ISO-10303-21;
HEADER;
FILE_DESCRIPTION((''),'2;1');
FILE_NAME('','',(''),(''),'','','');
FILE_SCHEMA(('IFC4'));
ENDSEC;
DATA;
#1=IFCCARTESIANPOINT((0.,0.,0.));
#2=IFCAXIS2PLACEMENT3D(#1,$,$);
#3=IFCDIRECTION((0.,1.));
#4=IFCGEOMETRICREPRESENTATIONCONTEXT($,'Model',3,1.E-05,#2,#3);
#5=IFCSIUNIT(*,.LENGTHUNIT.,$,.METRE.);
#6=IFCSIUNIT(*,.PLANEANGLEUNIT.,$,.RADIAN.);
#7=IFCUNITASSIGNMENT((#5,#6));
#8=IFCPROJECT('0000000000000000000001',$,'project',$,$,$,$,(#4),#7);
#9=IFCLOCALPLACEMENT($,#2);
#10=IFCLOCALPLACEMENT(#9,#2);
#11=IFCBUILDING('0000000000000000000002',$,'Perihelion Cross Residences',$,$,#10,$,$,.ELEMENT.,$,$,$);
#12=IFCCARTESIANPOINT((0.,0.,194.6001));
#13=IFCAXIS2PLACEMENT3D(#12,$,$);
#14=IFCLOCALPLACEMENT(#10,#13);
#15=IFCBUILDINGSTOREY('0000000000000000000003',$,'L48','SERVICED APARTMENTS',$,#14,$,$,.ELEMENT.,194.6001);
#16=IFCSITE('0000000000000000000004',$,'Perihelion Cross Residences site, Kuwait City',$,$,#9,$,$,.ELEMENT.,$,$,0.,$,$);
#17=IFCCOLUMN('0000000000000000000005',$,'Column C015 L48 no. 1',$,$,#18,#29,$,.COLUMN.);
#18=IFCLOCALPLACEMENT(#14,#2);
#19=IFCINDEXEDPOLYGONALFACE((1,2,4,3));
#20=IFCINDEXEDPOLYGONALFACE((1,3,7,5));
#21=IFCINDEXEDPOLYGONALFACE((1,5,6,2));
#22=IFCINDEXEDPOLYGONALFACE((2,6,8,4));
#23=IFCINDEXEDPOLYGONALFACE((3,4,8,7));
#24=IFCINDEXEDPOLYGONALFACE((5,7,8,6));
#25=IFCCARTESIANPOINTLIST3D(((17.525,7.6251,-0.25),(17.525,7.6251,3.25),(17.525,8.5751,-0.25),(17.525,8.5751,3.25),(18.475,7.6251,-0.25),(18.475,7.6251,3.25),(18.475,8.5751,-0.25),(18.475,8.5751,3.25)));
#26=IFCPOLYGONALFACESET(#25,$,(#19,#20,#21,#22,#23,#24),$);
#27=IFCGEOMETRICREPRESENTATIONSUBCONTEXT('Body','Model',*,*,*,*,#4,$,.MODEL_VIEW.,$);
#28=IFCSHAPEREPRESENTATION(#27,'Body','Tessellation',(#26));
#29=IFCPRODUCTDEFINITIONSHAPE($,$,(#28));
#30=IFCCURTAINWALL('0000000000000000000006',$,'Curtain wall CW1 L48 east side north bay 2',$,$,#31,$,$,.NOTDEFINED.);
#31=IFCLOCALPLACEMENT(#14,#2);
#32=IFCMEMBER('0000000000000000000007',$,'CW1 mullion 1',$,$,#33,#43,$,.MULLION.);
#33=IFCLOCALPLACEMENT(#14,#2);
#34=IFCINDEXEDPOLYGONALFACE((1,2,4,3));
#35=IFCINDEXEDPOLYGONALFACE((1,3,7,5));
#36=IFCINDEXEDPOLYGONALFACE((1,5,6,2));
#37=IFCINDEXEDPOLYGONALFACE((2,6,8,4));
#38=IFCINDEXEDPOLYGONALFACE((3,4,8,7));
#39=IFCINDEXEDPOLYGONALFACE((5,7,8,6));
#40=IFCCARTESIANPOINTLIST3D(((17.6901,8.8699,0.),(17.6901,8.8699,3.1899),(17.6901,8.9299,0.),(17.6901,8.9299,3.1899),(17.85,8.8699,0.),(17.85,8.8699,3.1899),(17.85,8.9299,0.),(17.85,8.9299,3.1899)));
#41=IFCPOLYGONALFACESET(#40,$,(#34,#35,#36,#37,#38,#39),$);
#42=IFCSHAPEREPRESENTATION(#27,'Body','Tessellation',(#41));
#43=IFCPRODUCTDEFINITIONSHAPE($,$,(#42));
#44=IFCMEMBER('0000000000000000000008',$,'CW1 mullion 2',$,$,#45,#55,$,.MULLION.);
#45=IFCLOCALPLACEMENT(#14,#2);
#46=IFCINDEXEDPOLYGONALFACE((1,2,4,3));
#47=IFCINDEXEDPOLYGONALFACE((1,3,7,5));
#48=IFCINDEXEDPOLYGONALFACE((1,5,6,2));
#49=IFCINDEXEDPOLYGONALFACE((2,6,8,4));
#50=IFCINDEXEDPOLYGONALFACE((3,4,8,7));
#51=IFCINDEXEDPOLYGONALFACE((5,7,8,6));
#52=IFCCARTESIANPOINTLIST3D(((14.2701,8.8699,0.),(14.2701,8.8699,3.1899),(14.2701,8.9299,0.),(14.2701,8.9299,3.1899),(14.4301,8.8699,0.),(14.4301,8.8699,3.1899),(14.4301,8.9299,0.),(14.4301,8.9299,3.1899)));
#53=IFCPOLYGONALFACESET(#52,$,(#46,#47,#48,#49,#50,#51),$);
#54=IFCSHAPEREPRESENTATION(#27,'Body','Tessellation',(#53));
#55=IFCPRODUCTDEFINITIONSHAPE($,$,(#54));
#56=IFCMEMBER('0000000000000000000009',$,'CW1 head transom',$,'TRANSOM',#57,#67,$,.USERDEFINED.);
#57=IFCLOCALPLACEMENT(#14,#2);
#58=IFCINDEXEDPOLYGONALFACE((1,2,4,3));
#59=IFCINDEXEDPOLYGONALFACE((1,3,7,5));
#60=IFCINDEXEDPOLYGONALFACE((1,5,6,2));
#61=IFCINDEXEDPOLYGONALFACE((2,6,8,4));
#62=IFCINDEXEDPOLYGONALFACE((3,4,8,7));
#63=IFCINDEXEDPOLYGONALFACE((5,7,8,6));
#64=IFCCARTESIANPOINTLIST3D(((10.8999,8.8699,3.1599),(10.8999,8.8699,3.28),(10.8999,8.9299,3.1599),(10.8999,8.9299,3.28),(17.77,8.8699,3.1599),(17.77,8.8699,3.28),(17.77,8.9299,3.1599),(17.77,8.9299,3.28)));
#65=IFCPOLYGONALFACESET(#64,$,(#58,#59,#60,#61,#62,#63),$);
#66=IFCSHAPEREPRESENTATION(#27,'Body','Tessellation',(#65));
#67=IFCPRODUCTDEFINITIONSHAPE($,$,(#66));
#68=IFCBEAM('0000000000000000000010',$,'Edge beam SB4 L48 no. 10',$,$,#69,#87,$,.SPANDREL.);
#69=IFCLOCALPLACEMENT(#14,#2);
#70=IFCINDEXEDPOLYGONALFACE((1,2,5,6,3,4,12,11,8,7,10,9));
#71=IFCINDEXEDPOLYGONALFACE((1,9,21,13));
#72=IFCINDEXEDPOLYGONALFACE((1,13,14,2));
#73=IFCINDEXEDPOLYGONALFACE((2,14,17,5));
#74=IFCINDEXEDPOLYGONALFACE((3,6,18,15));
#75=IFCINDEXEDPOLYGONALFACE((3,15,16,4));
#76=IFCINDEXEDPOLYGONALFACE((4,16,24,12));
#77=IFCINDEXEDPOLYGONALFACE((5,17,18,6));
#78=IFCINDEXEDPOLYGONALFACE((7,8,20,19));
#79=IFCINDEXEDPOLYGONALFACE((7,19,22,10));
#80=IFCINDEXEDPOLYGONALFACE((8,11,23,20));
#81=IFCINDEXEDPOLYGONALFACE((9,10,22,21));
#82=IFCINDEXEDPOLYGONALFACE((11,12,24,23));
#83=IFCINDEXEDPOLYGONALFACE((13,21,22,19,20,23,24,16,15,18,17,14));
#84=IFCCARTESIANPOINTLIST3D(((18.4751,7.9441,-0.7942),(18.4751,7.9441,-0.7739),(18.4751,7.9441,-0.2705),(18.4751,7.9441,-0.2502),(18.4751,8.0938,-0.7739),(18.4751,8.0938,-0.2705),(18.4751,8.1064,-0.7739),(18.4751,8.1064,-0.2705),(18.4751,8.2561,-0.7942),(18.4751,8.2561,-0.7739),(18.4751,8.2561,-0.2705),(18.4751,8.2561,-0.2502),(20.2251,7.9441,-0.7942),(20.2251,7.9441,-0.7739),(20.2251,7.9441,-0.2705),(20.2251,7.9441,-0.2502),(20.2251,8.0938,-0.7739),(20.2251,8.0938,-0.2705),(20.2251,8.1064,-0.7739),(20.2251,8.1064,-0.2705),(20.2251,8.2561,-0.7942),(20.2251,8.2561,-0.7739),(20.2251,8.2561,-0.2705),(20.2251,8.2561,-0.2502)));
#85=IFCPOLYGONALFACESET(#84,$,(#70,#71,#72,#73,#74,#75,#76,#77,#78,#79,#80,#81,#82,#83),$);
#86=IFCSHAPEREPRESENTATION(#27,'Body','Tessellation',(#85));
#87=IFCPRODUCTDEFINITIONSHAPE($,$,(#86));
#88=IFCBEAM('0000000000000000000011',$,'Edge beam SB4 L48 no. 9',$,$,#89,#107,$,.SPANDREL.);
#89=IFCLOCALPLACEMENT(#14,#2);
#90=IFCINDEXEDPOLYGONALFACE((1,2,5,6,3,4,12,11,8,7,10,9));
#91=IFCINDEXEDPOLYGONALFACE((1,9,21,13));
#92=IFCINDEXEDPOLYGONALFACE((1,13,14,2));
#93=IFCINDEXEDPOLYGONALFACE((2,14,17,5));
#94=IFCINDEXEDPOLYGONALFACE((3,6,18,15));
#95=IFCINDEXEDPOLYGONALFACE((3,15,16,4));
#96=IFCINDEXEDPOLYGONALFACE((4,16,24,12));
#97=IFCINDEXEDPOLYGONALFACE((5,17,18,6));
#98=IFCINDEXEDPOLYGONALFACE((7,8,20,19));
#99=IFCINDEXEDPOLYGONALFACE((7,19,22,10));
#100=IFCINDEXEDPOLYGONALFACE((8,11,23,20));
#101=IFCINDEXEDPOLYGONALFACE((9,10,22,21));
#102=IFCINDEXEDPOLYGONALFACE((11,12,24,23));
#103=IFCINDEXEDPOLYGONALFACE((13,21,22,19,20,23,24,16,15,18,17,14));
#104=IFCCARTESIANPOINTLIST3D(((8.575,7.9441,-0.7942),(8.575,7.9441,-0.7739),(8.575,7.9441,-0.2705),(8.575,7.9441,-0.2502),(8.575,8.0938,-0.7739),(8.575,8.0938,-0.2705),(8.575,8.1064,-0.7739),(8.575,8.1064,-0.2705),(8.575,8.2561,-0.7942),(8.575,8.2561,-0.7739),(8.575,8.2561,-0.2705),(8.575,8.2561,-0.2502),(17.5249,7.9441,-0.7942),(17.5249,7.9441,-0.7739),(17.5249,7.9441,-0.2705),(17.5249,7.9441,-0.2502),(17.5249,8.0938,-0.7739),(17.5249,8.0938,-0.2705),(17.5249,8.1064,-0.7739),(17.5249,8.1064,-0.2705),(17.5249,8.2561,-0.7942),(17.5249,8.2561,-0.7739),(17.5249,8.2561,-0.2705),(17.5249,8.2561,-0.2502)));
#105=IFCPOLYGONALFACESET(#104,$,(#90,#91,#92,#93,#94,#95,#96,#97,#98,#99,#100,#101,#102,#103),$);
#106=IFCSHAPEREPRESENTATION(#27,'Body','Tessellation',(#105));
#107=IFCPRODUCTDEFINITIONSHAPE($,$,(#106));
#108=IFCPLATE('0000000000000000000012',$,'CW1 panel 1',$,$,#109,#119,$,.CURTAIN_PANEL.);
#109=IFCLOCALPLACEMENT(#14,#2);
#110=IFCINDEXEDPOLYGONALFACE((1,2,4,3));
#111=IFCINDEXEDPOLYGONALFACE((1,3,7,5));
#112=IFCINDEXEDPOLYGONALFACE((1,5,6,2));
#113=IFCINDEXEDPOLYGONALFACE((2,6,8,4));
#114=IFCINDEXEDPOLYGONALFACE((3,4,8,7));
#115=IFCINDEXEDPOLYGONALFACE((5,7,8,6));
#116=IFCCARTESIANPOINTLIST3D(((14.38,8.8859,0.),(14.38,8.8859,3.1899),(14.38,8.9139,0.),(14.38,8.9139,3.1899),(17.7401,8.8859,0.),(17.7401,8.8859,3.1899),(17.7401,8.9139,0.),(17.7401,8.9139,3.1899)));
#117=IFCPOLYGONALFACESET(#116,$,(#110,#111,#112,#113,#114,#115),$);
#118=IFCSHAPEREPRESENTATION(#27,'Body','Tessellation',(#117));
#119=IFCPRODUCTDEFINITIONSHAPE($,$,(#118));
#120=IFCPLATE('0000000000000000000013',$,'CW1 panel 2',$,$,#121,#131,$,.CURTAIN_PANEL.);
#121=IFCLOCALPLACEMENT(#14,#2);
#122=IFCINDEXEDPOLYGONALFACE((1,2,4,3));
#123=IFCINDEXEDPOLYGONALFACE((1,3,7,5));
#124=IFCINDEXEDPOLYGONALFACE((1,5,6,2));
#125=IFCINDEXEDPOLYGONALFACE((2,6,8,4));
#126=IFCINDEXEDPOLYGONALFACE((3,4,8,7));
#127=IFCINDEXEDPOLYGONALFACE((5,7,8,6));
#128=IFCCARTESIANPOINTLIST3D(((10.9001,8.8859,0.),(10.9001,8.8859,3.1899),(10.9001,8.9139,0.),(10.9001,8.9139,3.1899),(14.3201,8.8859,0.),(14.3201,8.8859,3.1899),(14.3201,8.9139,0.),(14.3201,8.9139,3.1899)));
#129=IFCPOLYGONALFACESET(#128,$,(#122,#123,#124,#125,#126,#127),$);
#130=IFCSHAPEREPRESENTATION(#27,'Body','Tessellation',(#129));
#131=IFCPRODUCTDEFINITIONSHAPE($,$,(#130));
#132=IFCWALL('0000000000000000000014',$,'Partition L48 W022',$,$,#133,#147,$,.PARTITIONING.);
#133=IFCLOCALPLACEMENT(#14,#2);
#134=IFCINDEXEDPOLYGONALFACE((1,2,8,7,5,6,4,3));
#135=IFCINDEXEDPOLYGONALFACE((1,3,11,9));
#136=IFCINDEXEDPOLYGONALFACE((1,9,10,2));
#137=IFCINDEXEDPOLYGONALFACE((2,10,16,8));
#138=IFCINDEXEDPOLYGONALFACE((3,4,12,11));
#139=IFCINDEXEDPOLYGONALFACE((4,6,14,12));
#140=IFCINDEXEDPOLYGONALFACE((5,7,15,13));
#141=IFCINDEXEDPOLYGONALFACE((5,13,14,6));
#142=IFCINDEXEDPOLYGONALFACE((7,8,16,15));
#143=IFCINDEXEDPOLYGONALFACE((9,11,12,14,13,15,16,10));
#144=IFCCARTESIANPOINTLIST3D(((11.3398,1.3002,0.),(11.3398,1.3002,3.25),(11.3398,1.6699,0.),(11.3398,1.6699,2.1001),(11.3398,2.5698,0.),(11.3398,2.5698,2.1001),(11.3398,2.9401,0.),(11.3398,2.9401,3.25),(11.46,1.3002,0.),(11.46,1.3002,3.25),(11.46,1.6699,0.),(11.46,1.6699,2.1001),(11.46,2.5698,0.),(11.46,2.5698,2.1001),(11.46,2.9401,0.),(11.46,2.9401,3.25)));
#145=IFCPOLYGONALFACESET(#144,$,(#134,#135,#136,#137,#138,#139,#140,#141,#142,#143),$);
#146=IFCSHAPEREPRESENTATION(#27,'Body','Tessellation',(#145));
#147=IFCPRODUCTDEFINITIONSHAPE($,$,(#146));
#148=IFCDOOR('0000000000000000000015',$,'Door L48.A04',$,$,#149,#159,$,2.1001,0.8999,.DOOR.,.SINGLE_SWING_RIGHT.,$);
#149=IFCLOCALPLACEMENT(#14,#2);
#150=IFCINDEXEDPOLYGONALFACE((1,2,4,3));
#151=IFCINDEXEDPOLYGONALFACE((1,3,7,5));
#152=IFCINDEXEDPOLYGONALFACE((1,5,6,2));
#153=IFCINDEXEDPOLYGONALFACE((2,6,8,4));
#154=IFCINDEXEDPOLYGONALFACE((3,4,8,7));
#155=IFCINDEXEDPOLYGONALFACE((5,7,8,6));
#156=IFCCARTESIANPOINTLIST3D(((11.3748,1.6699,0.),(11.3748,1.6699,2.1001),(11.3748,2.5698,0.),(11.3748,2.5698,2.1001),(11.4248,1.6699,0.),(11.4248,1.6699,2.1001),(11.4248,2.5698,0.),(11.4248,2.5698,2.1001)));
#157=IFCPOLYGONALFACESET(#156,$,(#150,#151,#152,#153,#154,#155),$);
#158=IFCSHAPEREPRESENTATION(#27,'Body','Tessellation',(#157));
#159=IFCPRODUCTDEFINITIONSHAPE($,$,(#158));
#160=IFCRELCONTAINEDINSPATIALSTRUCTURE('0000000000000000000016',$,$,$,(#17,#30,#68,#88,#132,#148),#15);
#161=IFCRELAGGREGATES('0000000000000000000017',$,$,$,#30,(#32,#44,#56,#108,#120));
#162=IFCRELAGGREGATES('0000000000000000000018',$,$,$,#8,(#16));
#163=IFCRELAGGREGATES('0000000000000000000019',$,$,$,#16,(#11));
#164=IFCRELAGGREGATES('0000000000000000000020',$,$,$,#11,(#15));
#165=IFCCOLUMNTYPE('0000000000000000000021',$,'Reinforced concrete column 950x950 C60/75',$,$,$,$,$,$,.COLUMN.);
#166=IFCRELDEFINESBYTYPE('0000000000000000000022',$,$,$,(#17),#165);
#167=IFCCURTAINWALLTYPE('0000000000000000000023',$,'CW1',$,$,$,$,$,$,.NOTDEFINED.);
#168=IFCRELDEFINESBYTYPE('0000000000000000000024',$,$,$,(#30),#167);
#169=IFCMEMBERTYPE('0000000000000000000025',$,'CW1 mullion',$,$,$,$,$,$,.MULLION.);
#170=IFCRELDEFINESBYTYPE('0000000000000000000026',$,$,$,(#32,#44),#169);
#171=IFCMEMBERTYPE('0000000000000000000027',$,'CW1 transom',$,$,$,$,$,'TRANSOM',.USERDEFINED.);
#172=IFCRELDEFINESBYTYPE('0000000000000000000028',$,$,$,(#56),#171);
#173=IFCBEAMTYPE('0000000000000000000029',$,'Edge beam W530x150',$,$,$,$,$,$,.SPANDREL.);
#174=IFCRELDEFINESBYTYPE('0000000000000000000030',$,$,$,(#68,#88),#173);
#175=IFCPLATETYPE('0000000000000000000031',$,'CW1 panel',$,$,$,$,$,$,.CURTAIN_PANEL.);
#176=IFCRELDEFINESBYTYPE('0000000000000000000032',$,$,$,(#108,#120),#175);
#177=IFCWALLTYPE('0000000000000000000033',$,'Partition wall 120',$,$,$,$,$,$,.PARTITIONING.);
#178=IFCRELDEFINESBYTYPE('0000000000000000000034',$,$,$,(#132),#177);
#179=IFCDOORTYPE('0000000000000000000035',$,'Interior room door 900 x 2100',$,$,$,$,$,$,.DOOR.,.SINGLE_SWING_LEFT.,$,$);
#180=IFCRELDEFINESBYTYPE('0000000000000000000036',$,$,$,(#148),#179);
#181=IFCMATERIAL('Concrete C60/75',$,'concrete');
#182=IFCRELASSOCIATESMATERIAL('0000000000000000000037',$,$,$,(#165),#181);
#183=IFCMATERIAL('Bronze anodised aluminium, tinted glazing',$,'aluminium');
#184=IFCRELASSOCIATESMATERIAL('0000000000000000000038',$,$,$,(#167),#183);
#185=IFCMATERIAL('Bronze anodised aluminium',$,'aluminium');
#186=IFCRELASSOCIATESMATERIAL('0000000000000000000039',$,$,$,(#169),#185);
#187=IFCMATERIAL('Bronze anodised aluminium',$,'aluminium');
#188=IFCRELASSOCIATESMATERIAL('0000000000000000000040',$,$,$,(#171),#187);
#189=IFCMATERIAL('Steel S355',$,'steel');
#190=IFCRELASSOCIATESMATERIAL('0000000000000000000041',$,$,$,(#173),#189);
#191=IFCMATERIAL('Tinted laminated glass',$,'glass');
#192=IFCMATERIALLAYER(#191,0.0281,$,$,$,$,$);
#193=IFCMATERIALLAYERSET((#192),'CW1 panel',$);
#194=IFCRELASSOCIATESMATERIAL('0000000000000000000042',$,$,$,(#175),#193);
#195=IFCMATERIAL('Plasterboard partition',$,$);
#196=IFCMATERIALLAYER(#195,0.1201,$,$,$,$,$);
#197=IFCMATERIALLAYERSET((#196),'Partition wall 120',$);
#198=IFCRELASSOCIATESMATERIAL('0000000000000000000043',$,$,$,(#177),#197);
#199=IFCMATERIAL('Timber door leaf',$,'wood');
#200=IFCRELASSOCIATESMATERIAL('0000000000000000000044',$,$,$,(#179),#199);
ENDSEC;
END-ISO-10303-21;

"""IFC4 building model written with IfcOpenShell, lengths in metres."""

from ifc_helpers import new_model, si_unit, direction, frame, frame_2d, origin, origin_2d, place, context, subcontext, project, spatial, rectangle, i_section, extrude, material, layer, layer_set, material_profile, profile_set, type_object, element, fill, aggregate, save


model = new_model("IFC4")

# Units and contexts
model_context = context("Model", 3, precision=1e-05, world=origin(), true_north=direction((0.0, 1.0)))
body_context = subcontext(model_context, "Body", "Model", "MODEL_VIEW")
ifc_project = project(units=[si_unit("LENGTHUNIT", "METRE"), si_unit("PLANEANGLEUNIT", "RADIAN")], contexts=[model_context])

# Site, building, storey
site_placement = place(None, origin())
site = spatial("IfcSite", under=ifc_project, at=site_placement, Name="Perihelion Cross Residences site, Kuwait City", CompositionType="ELEMENT", RefElevation=0.0)
building_placement = place(site_placement, origin())
building = spatial("IfcBuilding", under=site, at=building_placement, Name="Perihelion Cross Residences", CompositionType="ELEMENT")
storey_placement = place(building_placement, frame((0.0, 0.0, 194.6001)))
storey = spatial("IfcBuildingStorey", under=building, at=storey_placement, Name="L48", Description="SERVICED APARTMENTS", CompositionType="ELEMENT", Elevation=194.6001)

# Column
ifc_material_1 = material(Name="Concrete C60/75", Category="concrete")
ifc_material_profile_1 = material_profile(ifc_material_1, rectangle(XDim=0.95, YDim=0.95, at=origin_2d()), Name="RC 950x950")
ifc_profile_set_1 = profile_set([ifc_material_profile_1], Name="Concrete C60/75")
column_type = type_object("IfcColumnType", Name="Reinforced concrete column 950x950 C60/75", PredefinedType="COLUMN", material=ifc_profile_set_1)
column_placement = place(storey_placement, frame((18.0, 8.1001, -0.25), z_axis=(0.0, 0.0, 1.0), x_axis=(1.0, 0.0, 0.0)))
element("IfcColumn", 1, at=column_placement, inside=storey, type_object=column_type, Name="Column C015 L48 no. 1", PredefinedType="COLUMN", context=body_context, shape_type="SweptSolid", body=[
    extrude(rectangle(XDim=0.95, YDim=0.95, at=origin_2d()), origin(), (0.0, 0.0, 1.0), 3.5),
])

# Curtain wall, members
ifc_material_2 = material(Name="Bronze anodised aluminium, tinted glazing", Category="aluminium")
curtain_wall_type = type_object("IfcCurtainWallType", Name="CW1", PredefinedType="NOTDEFINED", material=ifc_material_2)
curtain_wall_placement = place(storey_placement, origin())
curtain_wall = element("IfcCurtainWall", 2, at=curtain_wall_placement, inside=storey, type_object=curtain_wall_type, Name="Curtain wall CW1 L48 east side north bay 2", PredefinedType="NOTDEFINED")
ifc_material_3 = material(Name="Bronze anodised aluminium", Category="aluminium")
ifc_material_profile_2 = material_profile(ifc_material_3, rectangle(XDim=0.0601, YDim=0.1599, at=origin_2d()), Name="CW1 mullion")
ifc_profile_set_2 = profile_set([ifc_material_profile_2], Name="Bronze anodised aluminium")
member_type_1 = type_object("IfcMemberType", Name="CW1 mullion", PredefinedType="MULLION", material=ifc_profile_set_2)
member_1_placement = place(storey_placement, frame((17.77, 8.8999, 0.0), z_axis=(0.0, 0.0, 1.0), x_axis=(0.0, -1.0, 0.0)))
member_1 = element("IfcMember", 3, at=member_1_placement, type_object=member_type_1, Name="CW1 mullion 1", PredefinedType="MULLION", context=body_context, shape_type="SweptSolid", body=[
    extrude(rectangle(XDim=0.0601, YDim=0.1599, at=origin_2d()), origin(), (0.0, 0.0, 1.0), 3.1899),
])
member_2_placement = place(storey_placement, frame((14.3501, 8.8999, 0.0), z_axis=(0.0, 0.0, 1.0), x_axis=(0.0, -1.0, 0.0)))
member_2 = element("IfcMember", 4, at=member_2_placement, type_object=member_type_1, Name="CW1 mullion 2", PredefinedType="MULLION", context=body_context, shape_type="SweptSolid", body=[
    extrude(rectangle(XDim=0.0601, YDim=0.1599, at=origin_2d()), origin(), (0.0, 0.0, 1.0), 3.1899),
])
ifc_material_4 = material(Name="Bronze anodised aluminium", Category="aluminium")
ifc_material_profile_3 = material_profile(ifc_material_4, rectangle(XDim=0.0601, YDim=0.1201, at=origin_2d()), Name="CW1 transom")
ifc_profile_set_3 = profile_set([ifc_material_profile_3], Name="Bronze anodised aluminium")
member_type_2 = type_object("IfcMemberType", Name="CW1 transom", ElementType="TRANSOM", PredefinedType="USERDEFINED", material=ifc_profile_set_3)
member_3_placement = place(storey_placement, frame((17.77, 8.8999, 3.22), z_axis=(-1.0, 0.0, 0.0), x_axis=(0.0, -1.0, 0.0)))
member_3 = element("IfcMember", 5, at=member_3_placement, type_object=member_type_2, Name="CW1 head transom", ObjectType="TRANSOM", PredefinedType="USERDEFINED", context=body_context, shape_type="SweptSolid", body=[
    extrude(rectangle(XDim=0.0601, YDim=0.1201, at=origin_2d()), origin(), (0.0, 0.0, 1.0), 6.8701),
])

# Beams
ifc_material_5 = material(Name="Steel S355", Category="steel")
ifc_material_profile_4 = material_profile(ifc_material_5, i_section(OverallWidth=0.312, OverallDepth=0.5439, WebThickness=0.0127, FlangeThickness=0.0203, at=origin_2d()), Name="W530x150")
ifc_profile_set_4 = profile_set([ifc_material_profile_4], Name="Steel S355")
beam_type = type_object("IfcBeamType", Name="Edge beam W530x150", PredefinedType="SPANDREL", material=ifc_profile_set_4)
beam_1_placement = place(storey_placement, frame((20.2251, 8.1001, -0.5222), z_axis=(-1.0, 0.0, 0.0), x_axis=(0.0, -1.0, 0.0)))
element("IfcBeam", 6, at=beam_1_placement, inside=storey, type_object=beam_type, Name="Edge beam SB4 L48 no. 10", PredefinedType="SPANDREL", context=body_context, shape_type="SweptSolid", body=[
    extrude(i_section(OverallWidth=0.312, OverallDepth=0.5439, WebThickness=0.0127, FlangeThickness=0.0203, at=origin_2d()), origin(), (0.0, 0.0, 1.0), 1.75),
])
beam_2_placement = place(storey_placement, frame((17.5249, 8.1001, -0.5222), z_axis=(-1.0, 0.0, 0.0), x_axis=(0.0, -1.0, 0.0)))
element("IfcBeam", 7, at=beam_2_placement, inside=storey, type_object=beam_type, Name="Edge beam SB4 L48 no. 9", PredefinedType="SPANDREL", context=body_context, shape_type="SweptSolid", body=[
    extrude(i_section(OverallWidth=0.312, OverallDepth=0.5439, WebThickness=0.0127, FlangeThickness=0.0203, at=origin_2d()), origin(), (0.0, 0.0, 1.0), 8.95),
])

# Plates
ifc_material_6 = material(Name="Tinted laminated glass", Category="glass")
ifc_layer_1 = layer(ifc_material_6, 0.0281)
ifc_layer_set_1 = layer_set([ifc_layer_1], Name="CW1 panel")
plate_type = type_object("IfcPlateType", Name="CW1 panel", PredefinedType="CURTAIN_PANEL", material=ifc_layer_set_1)
plate_1_placement = place(storey_placement, frame((16.0601, 8.8999, 0.0), z_axis=(0.0, 0.0, 1.0), x_axis=(-1.0, 0.0, 0.0)))
plate_1 = element("IfcPlate", 8, at=plate_1_placement, type_object=plate_type, Name="CW1 panel 1", PredefinedType="CURTAIN_PANEL", context=body_context, shape_type="SweptSolid", body=[
    extrude(rectangle(XDim=3.3601, YDim=0.0281, at=origin_2d()), origin(), (0.0, 0.0, 1.0), 3.1899),
])
plate_2_placement = place(storey_placement, frame((12.6101, 8.8999, 0.0), z_axis=(0.0, 0.0, 1.0), x_axis=(-1.0, 0.0, 0.0)))
plate_2 = element("IfcPlate", 9, at=plate_2_placement, type_object=plate_type, Name="CW1 panel 2", PredefinedType="CURTAIN_PANEL", context=body_context, shape_type="SweptSolid", body=[
    extrude(rectangle(XDim=3.4199, YDim=0.0281, at=origin_2d()), origin(), (0.0, 0.0, 1.0), 3.1899),
])
aggregate(curtain_wall, [member_1, member_2, member_3, plate_1, plate_2])

# Wall, opening, door
ifc_material_7 = material(Name="Plasterboard partition")
ifc_layer_2 = layer(ifc_material_7, 0.1201)
ifc_layer_set_2 = layer_set([ifc_layer_2], Name="Partition wall 120")
wall_type_1 = type_object("IfcWallType", Name="Partition wall 120", PredefinedType="PARTITIONING", material=ifc_layer_set_2)
wall_1_placement = place(storey_placement, frame((11.3999, 2.9399, 0.0), z_axis=(0.0, 0.0, 1.0), x_axis=(0.0, -1.0, 0.0)))
wall_1 = element("IfcWall", 10, at=wall_1_placement, inside=storey, type_object=wall_type_1, Name="Partition L48 W022", PredefinedType="PARTITIONING", context=body_context, shape_type="SweptSolid", body=[
    extrude(rectangle(XDim=1.6399, YDim=0.1201, at=frame_2d((0.8198, 0.0))), origin(), (0.0, 0.0, 1.0), 3.25),
])
opening_1_placement = place(wall_1_placement, frame((0.3701, 0.0, 0.0)))
opening_1 = element("IfcOpeningElement", 11, at=opening_1_placement, cuts=wall_1, PredefinedType="OPENING", context=body_context, shape_type="SweptSolid", body=[
    extrude(rectangle(XDim=0.8999, YDim=2.1001, at=frame_2d((0.45, 1.05))), frame((0.0, 0.0701, 0.0), z_axis=(0.0, -1.0, 0.0), x_axis=(1.0, 0.0, 0.0)), (0.0, 0.0, 1.0), 0.1401),
])
ifc_material_8 = material(Name="Timber door leaf", Category="wood")
door_type_1 = type_object("IfcDoorType", Name="Interior room door 900 x 2100", OperationType="SINGLE_SWING_LEFT", PredefinedType="DOOR", material=ifc_material_8)
door_1_placement = place(opening_1_placement, origin())
door_1 = element("IfcDoor", 12, at=door_1_placement, inside=storey, type_object=door_type_1, Name="Door L48.A04", OperationType="SINGLE_SWING_RIGHT", OverallHeight=2.1001, OverallWidth=0.8999, PredefinedType="DOOR", context=body_context, shape_type="SweptSolid", body=[
    extrude(rectangle(XDim=0.8999, YDim=2.1001, at=frame_2d((0.45, 1.05))), frame((0.0, 0.0249, 0.0), z_axis=(0.0, -1.0, 0.0), x_axis=(1.0, 0.0, 0.0)), (0.0, 0.0, 1.0), 0.05),
])
fill(opening_1, door_1)

save(model, "model.ifc")
